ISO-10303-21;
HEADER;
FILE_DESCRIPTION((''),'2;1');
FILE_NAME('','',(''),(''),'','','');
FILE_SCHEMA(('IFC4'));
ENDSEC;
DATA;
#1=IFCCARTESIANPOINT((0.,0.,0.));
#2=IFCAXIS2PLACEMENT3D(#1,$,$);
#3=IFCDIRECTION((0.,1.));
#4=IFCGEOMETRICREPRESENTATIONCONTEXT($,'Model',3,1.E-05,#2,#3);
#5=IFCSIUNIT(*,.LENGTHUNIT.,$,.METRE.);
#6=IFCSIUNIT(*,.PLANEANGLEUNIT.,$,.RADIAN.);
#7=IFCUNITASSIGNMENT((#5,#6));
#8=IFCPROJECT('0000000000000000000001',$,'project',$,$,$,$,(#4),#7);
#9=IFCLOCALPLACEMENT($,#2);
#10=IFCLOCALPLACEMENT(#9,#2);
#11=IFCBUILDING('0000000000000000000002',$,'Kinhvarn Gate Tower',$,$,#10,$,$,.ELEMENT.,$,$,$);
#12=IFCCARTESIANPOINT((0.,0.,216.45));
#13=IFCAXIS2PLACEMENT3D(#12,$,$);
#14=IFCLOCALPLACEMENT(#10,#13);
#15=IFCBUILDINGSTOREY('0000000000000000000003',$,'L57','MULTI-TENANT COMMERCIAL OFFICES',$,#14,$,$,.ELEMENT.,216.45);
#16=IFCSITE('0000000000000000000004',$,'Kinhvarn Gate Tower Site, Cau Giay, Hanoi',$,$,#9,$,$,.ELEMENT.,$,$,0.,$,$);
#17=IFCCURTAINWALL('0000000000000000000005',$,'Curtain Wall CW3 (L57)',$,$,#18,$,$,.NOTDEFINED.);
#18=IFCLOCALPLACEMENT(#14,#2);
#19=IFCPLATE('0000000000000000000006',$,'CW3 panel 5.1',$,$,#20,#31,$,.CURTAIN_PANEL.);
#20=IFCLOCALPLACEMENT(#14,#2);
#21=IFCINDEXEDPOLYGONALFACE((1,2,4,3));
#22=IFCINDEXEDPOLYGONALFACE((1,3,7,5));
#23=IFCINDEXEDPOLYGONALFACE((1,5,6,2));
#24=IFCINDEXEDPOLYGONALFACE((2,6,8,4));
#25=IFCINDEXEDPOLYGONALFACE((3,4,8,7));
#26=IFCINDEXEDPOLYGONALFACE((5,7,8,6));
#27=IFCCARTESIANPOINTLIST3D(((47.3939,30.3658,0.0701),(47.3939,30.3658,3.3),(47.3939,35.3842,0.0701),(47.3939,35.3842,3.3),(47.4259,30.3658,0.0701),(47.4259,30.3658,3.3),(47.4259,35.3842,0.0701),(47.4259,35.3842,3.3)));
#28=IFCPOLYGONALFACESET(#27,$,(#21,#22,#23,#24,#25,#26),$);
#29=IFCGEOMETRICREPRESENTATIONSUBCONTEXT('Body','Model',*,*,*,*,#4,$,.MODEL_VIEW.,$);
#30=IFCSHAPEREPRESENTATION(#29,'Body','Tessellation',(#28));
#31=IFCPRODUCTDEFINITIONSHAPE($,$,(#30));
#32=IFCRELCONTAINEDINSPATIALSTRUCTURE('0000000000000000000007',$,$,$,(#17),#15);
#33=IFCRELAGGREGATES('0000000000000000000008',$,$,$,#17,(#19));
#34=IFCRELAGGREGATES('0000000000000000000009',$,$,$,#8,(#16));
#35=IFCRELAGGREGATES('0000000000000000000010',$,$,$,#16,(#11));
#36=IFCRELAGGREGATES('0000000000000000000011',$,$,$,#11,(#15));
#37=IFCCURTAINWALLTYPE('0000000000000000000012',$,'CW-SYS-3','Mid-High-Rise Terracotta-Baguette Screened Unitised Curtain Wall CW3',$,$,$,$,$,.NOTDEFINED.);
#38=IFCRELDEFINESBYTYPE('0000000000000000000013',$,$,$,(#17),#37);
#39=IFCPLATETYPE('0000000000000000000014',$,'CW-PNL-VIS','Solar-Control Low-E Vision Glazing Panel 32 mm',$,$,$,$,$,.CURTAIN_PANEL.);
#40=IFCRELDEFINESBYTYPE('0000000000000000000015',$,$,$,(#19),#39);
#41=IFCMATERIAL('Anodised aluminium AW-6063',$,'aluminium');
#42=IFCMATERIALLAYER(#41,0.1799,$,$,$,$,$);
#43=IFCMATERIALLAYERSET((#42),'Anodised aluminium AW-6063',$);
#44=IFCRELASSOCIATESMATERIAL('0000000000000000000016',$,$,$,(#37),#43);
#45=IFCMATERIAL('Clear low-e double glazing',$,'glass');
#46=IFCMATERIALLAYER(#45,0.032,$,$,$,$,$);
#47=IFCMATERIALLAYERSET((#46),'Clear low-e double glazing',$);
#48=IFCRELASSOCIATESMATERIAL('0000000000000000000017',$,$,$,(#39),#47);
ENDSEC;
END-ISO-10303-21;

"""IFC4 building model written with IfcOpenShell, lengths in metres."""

from ifc_helpers import new_model, si_unit, direction, frame, origin, origin_2d, place, context, subcontext, project, spatial, rectangle, extrude, material, layer, layer_set, type_object, element, aggregate, save


model = new_model("IFC4")

# Units and contexts
model_context = context("Model", 3, precision=1e-05, world=origin(), true_north=direction((0.0, 1.0)))
body_context = subcontext(model_context, "Body", "Model", "MODEL_VIEW")
ifc_project = project(units=[si_unit("LENGTHUNIT", "METRE"), si_unit("PLANEANGLEUNIT", "RADIAN")], contexts=[model_context])

# Site, building, storey
site_placement = place(None, origin())
site = spatial("IfcSite", under=ifc_project, at=site_placement, Name="Kinhvarn Gate Tower Site, Cau Giay, Hanoi", CompositionType="ELEMENT", RefElevation=0.0)
building_placement = place(site_placement, origin())
building = spatial("IfcBuilding", under=site, at=building_placement, Name="Kinhvarn Gate Tower", CompositionType="ELEMENT")
storey_placement = place(building_placement, frame((0.0, 0.0, 216.45)))
storey = spatial("IfcBuildingStorey", under=building, at=storey_placement, Name="L57", Description="MULTI-TENANT COMMERCIAL OFFICES", CompositionType="ELEMENT", Elevation=216.45)

# Curtain wall
ifc_material_1 = material(Name="Anodised aluminium AW-6063", Category="aluminium")
ifc_layer_1 = layer(ifc_material_1, 0.1799)
ifc_layer_set_1 = layer_set([ifc_layer_1], Name="Anodised aluminium AW-6063")
curtain_wall_type = type_object("IfcCurtainWallType", Name="CW-SYS-3", Description="Mid-High-Rise Terracotta-Baguette Screened Unitised Curtain Wall CW3", PredefinedType="NOTDEFINED", material=ifc_layer_set_1)
curtain_wall_placement = place(storey_placement, origin())
curtain_wall = element("IfcCurtainWall", 1, at=curtain_wall_placement, inside=storey, type_object=curtain_wall_type, Name="Curtain Wall CW3 (L57)", PredefinedType="NOTDEFINED")

# Plate
ifc_material_2 = material(Name="Clear low-e double glazing", Category="glass")
ifc_layer_2 = layer(ifc_material_2, 0.032)
ifc_layer_set_2 = layer_set([ifc_layer_2], Name="Clear low-e double glazing")
plate_type = type_object("IfcPlateType", Name="CW-PNL-VIS", Description="Solar-Control Low-E Vision Glazing Panel 32 mm", PredefinedType="CURTAIN_PANEL", material=ifc_layer_set_2)
plate_1_placement = place(storey_placement, frame((47.4099, 32.875, 0.0701), z_axis=(0.0, 0.0, 1.0), x_axis=(0.0, 1.0, 0.0)))
plate_1 = element("IfcPlate", 2, at=plate_1_placement, type_object=plate_type, Name="CW3 panel 5.1", PredefinedType="CURTAIN_PANEL", context=body_context, shape_type="SweptSolid", body=[
    extrude(rectangle(XDim=5.0183, YDim=0.032, at=origin_2d()), origin(), (0.0, 0.0, 1.0), 3.23),
])
aggregate(curtain_wall, [plate_1])

save(model, "model.ifc")
